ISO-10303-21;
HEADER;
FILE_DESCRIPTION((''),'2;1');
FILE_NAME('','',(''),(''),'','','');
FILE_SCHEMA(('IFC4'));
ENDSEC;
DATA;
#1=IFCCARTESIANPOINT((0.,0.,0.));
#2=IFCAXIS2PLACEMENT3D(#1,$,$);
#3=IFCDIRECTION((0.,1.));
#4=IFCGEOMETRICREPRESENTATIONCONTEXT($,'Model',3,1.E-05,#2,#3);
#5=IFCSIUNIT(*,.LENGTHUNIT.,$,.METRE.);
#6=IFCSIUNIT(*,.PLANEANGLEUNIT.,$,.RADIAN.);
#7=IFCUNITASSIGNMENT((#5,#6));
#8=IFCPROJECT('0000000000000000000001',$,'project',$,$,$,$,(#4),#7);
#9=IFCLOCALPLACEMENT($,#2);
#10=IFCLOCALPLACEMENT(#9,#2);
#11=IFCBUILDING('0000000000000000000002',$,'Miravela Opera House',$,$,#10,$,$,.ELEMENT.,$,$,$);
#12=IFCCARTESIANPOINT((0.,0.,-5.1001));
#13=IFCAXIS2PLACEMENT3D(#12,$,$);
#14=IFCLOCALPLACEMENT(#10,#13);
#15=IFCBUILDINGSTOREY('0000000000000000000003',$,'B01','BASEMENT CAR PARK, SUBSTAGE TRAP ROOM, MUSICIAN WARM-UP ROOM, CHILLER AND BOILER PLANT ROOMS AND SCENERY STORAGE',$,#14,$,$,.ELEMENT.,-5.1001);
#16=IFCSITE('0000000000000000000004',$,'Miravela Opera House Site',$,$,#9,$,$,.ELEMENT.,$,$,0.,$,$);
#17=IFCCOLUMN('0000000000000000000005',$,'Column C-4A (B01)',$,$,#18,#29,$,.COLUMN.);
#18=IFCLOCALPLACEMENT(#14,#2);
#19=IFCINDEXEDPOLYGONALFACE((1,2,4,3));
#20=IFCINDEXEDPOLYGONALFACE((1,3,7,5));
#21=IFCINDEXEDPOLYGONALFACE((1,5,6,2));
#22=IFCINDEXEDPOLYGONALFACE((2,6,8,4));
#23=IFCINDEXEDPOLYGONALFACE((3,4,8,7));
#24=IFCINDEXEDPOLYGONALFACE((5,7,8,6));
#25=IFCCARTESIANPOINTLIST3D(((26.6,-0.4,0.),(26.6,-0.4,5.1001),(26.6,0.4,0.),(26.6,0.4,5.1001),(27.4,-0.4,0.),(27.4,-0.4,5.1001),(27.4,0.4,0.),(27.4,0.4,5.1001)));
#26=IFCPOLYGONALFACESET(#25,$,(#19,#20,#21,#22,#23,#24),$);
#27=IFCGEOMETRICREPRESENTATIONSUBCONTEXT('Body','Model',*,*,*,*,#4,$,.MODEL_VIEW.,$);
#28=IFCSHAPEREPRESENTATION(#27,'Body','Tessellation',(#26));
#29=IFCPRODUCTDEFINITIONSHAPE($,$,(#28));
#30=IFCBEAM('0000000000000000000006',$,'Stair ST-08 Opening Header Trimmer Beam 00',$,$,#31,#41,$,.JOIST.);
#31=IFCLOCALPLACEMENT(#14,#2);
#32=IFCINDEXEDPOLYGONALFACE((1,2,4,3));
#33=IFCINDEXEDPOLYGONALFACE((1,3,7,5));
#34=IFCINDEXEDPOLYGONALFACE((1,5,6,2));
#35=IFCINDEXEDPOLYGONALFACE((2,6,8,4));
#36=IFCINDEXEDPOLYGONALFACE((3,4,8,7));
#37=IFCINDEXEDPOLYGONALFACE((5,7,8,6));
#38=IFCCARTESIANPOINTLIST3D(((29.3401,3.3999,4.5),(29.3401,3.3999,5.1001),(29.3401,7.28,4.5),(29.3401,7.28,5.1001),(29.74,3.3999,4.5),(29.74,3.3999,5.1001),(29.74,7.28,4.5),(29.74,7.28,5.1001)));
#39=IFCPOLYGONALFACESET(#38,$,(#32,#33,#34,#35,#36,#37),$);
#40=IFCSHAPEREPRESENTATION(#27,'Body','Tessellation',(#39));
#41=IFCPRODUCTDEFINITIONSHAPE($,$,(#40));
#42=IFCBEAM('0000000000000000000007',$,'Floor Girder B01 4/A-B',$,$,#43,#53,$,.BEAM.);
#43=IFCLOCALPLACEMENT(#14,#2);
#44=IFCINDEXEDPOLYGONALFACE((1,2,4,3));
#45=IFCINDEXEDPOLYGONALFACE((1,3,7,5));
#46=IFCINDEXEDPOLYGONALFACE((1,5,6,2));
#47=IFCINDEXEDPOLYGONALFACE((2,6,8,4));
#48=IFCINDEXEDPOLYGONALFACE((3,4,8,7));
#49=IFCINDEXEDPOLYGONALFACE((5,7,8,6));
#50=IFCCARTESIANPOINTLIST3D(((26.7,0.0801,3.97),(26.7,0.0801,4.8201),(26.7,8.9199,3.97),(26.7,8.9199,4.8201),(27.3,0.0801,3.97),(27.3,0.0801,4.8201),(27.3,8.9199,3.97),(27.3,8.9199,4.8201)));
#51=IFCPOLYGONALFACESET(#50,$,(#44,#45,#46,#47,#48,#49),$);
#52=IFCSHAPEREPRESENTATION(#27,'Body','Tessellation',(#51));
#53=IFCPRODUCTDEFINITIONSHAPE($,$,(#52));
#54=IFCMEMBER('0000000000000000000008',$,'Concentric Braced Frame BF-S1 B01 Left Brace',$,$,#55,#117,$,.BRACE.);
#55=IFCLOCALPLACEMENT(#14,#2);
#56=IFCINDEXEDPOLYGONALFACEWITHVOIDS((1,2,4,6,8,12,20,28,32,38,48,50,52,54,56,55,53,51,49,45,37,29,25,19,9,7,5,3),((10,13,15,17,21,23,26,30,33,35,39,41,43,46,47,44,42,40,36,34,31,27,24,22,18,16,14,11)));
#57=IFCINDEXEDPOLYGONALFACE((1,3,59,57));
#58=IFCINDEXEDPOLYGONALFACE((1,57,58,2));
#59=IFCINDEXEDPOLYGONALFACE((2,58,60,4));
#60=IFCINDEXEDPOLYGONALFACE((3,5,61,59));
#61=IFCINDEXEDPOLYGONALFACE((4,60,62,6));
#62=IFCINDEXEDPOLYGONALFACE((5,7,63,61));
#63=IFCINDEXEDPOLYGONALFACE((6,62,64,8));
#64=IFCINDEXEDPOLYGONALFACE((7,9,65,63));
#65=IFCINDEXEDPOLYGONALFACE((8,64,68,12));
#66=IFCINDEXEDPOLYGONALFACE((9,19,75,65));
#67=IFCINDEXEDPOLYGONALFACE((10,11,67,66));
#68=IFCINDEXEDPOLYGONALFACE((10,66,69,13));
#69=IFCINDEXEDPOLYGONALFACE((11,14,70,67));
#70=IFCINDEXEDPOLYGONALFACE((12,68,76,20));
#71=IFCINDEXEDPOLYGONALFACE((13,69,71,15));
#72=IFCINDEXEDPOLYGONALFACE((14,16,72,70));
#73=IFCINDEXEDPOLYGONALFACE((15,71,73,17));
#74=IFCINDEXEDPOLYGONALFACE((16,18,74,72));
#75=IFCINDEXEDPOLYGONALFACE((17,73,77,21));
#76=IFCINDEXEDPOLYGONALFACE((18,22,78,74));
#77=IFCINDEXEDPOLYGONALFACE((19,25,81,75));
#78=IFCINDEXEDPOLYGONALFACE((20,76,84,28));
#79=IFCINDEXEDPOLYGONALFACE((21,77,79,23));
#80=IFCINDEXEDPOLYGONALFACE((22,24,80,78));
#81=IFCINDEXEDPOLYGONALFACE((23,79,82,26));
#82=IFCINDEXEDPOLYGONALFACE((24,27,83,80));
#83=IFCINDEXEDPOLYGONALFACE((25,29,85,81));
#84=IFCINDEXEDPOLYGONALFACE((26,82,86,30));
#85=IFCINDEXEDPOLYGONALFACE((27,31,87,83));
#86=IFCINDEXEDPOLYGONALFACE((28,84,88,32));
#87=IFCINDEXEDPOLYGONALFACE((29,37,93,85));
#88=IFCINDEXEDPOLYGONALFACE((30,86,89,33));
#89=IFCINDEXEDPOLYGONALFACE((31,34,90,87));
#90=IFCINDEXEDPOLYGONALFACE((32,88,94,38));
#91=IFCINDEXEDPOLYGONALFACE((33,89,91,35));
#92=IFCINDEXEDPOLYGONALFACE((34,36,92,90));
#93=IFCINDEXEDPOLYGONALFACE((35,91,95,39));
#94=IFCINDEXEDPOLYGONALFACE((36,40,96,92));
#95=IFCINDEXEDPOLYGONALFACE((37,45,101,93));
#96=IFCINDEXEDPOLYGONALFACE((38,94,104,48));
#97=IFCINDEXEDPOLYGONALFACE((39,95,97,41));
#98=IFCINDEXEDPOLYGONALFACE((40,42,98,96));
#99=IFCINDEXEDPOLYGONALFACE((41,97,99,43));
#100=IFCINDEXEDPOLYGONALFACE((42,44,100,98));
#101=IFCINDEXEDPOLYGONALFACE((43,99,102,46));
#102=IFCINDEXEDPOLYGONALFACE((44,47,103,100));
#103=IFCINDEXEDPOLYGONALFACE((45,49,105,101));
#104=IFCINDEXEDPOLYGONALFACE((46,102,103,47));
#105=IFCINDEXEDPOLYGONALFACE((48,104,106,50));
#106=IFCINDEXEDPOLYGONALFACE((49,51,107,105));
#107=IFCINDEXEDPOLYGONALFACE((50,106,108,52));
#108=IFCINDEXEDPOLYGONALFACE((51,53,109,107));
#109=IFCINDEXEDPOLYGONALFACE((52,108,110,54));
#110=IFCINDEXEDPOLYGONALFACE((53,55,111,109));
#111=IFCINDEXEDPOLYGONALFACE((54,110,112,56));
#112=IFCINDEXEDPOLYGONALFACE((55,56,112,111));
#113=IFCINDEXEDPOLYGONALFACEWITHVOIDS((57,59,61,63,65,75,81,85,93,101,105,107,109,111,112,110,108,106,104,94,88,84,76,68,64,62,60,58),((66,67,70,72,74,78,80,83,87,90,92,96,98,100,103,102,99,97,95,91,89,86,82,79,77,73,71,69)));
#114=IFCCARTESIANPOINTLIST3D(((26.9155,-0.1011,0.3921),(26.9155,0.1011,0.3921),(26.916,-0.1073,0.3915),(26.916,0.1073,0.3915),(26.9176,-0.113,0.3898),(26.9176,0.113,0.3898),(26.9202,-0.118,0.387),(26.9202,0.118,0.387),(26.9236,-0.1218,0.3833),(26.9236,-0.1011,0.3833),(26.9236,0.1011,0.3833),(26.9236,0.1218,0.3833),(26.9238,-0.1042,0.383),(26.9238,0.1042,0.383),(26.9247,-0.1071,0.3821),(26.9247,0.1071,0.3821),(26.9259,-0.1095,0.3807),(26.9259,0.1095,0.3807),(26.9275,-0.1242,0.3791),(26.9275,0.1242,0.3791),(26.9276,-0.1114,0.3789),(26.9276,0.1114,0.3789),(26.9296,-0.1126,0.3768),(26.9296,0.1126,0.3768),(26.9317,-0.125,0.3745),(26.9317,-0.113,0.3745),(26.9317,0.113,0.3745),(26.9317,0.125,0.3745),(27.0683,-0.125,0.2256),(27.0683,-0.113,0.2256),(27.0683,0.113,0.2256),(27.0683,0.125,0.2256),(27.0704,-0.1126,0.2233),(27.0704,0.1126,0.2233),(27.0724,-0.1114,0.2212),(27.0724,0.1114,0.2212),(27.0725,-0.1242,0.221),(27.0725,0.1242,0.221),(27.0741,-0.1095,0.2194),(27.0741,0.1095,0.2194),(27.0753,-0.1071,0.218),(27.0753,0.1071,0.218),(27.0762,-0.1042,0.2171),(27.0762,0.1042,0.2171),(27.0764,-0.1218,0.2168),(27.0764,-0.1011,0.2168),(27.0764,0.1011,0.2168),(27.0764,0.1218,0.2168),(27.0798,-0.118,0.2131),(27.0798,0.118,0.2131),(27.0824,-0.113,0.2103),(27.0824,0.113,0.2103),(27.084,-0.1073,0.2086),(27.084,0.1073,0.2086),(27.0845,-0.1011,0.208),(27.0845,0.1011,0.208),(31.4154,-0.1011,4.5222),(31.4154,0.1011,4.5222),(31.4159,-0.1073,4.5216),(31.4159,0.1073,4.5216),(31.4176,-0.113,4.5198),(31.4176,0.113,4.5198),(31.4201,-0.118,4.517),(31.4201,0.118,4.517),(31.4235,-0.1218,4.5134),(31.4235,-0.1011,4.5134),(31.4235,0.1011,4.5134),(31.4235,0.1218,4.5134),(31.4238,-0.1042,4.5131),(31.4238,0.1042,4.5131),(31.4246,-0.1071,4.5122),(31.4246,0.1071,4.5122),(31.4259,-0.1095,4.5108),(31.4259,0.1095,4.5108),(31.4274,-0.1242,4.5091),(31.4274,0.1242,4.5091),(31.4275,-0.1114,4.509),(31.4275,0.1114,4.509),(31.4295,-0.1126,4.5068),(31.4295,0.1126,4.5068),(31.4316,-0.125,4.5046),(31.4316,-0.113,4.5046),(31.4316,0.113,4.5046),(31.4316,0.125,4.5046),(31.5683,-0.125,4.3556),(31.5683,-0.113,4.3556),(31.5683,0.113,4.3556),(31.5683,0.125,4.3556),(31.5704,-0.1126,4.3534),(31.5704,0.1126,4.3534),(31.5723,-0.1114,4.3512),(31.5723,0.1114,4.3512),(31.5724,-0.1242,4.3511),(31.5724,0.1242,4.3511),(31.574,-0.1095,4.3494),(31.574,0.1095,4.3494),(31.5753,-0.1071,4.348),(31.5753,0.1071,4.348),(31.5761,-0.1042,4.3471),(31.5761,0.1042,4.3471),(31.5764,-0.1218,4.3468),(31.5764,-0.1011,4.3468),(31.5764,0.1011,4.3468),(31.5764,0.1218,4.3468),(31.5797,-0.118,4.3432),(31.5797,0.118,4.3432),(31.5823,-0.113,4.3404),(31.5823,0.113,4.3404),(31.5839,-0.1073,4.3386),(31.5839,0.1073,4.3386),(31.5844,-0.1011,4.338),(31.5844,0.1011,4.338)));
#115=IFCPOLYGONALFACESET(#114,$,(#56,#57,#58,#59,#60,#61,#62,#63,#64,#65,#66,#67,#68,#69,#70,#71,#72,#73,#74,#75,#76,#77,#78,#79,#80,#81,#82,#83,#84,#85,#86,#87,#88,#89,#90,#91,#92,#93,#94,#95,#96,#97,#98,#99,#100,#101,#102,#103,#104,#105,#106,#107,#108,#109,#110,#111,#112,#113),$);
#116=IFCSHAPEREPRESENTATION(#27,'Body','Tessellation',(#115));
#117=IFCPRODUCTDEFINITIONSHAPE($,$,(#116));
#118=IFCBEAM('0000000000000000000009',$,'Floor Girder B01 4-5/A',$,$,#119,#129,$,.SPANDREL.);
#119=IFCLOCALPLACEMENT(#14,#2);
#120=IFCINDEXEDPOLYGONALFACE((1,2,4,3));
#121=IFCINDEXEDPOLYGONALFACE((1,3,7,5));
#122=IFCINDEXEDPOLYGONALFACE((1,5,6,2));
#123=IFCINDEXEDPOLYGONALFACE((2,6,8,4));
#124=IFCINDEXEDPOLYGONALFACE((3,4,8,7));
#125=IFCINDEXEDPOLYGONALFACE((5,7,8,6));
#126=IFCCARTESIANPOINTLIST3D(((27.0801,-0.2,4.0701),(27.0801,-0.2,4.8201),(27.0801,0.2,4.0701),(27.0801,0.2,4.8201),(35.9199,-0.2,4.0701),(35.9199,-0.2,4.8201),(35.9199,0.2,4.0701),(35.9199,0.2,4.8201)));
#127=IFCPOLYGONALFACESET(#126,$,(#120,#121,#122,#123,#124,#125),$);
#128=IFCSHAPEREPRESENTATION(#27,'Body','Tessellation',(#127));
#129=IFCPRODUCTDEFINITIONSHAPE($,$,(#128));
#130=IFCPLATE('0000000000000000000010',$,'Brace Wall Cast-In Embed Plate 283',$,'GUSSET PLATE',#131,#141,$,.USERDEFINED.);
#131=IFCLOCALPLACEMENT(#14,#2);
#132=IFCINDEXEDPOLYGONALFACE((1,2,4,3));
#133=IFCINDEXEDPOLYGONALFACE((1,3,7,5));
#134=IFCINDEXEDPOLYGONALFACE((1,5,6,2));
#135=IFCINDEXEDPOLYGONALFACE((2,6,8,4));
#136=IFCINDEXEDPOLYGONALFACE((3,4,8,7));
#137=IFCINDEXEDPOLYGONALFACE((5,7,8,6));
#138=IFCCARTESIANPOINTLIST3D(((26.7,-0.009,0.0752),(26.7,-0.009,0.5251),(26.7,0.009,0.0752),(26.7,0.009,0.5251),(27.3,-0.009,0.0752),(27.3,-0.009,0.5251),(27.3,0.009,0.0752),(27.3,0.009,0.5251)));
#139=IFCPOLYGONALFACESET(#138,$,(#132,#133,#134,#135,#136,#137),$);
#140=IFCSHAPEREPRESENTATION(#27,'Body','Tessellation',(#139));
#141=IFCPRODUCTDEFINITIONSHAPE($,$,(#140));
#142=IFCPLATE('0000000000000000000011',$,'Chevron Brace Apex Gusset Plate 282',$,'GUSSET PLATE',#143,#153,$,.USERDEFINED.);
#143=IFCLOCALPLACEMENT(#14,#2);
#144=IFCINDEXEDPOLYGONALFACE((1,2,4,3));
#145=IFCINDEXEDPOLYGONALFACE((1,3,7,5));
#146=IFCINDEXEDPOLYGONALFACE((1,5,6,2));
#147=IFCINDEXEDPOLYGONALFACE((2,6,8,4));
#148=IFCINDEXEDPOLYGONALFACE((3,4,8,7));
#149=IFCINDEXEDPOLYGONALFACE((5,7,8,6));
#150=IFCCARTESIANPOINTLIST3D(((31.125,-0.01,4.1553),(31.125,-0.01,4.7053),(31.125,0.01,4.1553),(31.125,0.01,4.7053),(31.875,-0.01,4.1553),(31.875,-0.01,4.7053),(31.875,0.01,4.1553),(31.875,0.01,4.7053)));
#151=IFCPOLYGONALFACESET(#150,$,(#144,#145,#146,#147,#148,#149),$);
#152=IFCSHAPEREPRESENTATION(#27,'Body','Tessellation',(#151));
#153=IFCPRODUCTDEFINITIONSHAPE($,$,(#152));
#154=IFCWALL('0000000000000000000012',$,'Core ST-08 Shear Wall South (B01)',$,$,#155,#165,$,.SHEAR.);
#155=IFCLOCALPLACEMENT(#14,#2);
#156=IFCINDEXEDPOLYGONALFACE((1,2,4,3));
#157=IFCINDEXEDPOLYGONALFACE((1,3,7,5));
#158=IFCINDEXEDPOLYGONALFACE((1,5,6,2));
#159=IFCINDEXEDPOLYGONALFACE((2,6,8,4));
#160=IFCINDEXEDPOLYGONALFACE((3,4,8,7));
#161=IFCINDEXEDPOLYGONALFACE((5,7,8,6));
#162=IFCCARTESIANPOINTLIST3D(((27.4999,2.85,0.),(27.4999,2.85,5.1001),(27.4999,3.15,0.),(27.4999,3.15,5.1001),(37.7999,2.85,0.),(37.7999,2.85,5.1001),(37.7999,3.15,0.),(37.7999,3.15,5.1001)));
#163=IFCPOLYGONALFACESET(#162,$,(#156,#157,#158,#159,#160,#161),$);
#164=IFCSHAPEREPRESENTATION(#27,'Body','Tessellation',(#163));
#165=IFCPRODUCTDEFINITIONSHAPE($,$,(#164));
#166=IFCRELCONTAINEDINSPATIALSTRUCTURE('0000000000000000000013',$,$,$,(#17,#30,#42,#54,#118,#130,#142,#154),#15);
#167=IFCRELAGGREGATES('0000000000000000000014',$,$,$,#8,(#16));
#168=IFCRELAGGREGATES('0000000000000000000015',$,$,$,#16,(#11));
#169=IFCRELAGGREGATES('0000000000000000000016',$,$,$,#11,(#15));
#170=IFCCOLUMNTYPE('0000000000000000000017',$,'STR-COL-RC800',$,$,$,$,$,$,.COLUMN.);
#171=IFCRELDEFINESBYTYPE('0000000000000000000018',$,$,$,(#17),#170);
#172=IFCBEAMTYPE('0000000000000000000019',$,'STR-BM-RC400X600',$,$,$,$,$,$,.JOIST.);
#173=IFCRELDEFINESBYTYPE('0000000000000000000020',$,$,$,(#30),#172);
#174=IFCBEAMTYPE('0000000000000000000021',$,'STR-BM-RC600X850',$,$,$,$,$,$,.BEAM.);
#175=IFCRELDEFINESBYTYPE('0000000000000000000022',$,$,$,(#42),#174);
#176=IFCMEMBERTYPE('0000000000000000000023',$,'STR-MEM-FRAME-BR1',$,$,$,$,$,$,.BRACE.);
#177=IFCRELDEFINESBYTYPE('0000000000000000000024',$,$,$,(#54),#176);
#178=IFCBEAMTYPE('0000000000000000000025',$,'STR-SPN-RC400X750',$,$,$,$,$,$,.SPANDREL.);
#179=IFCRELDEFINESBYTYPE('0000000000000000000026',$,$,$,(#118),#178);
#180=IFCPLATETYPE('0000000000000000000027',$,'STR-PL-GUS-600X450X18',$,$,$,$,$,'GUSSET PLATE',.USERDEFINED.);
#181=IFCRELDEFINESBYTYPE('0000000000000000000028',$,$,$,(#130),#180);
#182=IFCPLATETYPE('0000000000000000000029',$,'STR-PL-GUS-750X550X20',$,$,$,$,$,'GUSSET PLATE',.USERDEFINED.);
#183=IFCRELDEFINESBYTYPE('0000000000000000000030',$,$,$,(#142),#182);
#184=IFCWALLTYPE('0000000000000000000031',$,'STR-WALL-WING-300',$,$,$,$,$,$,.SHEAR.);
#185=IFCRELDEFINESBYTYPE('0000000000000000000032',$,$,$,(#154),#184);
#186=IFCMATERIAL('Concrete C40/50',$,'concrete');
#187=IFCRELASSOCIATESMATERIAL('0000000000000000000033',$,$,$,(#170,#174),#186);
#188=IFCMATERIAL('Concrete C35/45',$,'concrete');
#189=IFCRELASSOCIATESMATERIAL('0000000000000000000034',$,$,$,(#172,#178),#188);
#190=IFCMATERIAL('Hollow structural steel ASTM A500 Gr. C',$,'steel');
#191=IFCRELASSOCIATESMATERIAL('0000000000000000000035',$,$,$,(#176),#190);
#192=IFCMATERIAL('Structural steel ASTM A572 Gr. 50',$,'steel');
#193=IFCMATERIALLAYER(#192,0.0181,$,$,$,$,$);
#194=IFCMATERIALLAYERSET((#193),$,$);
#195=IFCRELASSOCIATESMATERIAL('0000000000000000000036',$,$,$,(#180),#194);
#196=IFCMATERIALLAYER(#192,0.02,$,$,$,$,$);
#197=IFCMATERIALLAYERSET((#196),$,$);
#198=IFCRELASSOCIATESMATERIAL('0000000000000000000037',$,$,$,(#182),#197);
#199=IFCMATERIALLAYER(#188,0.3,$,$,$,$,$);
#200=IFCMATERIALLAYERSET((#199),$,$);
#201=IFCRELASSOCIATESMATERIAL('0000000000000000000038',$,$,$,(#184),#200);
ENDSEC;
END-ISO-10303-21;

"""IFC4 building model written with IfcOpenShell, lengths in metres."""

from ifc_helpers import new_model, si_unit, direction, frame, frame_2d, origin, origin_2d, place, context, subcontext, project, spatial, rectangle, hollow_rectangle, extrude, material, layer, layer_set, material_profile, profile_set, type_object, element, save


model = new_model("IFC4")

# Units and contexts
model_context = context("Model", 3, precision=1e-05, world=origin(), true_north=direction((0.0, 1.0)))
body_context = subcontext(model_context, "Body", "Model", "MODEL_VIEW")
ifc_project = project(units=[si_unit("LENGTHUNIT", "METRE"), si_unit("PLANEANGLEUNIT", "RADIAN")], contexts=[model_context])

# Site, building, storey
site_placement = place(None, origin())
site = spatial("IfcSite", under=ifc_project, at=site_placement, Name="Miravela Opera House Site", CompositionType="ELEMENT", RefElevation=0.0)
building_placement = place(site_placement, origin())
building = spatial("IfcBuilding", under=site, at=building_placement, Name="Miravela Opera House", CompositionType="ELEMENT")
storey_placement = place(building_placement, frame((0.0, 0.0, -5.1001)))
storey = spatial("IfcBuildingStorey", under=building, at=storey_placement, Name="B01", Description="BASEMENT CAR PARK, SUBSTAGE TRAP ROOM, MUSICIAN WARM-UP ROOM, CHILLER AND BOILER PLANT ROOMS AND SCENERY STORAGE", CompositionType="ELEMENT", Elevation=-5.1001)

# Shared definitions
ifc_material_1 = material(Name="Concrete C35/45", Category="concrete")

# Column
ifc_material_2 = material(Name="Hollow structural steel ASTM A500 Gr. C", Category="steel")
ifc_material_3 = material(Name="Concrete C40/50", Category="concrete")
ifc_material_profile_1 = material_profile(ifc_material_3, rectangle(XDim=0.8, YDim=0.8, at=origin_2d()), Name="RC-COL-800X800")
ifc_profile_set_1 = profile_set([ifc_material_profile_1])
column_type_1 = type_object("IfcColumnType", Name="STR-COL-RC800", PredefinedType="COLUMN", material=ifc_profile_set_1)
column_placement = place(storey_placement, frame((27.0, 0.0, 0.0), z_axis=(0.0, 0.0, 1.0), x_axis=(1.0, 0.0, 0.0)))
element("IfcColumn", 1, at=column_placement, inside=storey, type_object=column_type_1, Name="Column C-4A (B01)", PredefinedType="COLUMN", context=body_context, shape_type="SweptSolid", body=[
    extrude(rectangle(XDim=0.8, YDim=0.8, at=origin_2d()), origin(), (0.0, 0.0, 1.0), 5.1001),
])

# Beams
ifc_material_profile_2 = material_profile(ifc_material_1, rectangle(XDim=0.3999, YDim=0.6001, at=origin_2d()), Name="RC-BM-400X600")
ifc_profile_set_2 = profile_set([ifc_material_profile_2])
beam_type_1 = type_object("IfcBeamType", Name="STR-BM-RC400X600", PredefinedType="JOIST", material=ifc_profile_set_2)
beam_1_placement = place(storey_placement, frame((29.54, 3.3999, 4.8), z_axis=(0.0, 1.0, 0.0), x_axis=(-1.0, 0.0, 0.0)))
element("IfcBeam", 2, at=beam_1_placement, inside=storey, type_object=beam_type_1, Name="Stair ST-08 Opening Header Trimmer Beam 00", PredefinedType="JOIST", context=body_context, shape_type="SweptSolid", body=[
    extrude(rectangle(XDim=0.3999, YDim=0.6001, at=origin_2d()), origin(), (0.0, 0.0, 1.0), 3.8801),
])
ifc_material_profile_3 = material_profile(ifc_material_3, rectangle(XDim=0.6001, YDim=0.8501, at=origin_2d()), Name="RC-BM-600X850")
ifc_profile_set_3 = profile_set([ifc_material_profile_3])
beam_type_2 = type_object("IfcBeamType", Name="STR-BM-RC600X850", PredefinedType="BEAM", material=ifc_profile_set_3)
beam_2_placement = place(storey_placement, frame((27.0, 0.0801, 4.395), z_axis=(0.0, 1.0, 0.0), x_axis=(-1.0, 0.0, 0.0)))
element("IfcBeam", 3, at=beam_2_placement, inside=storey, type_object=beam_type_2, Name="Floor Girder B01 4/A-B", PredefinedType="BEAM", context=body_context, shape_type="SweptSolid", body=[
    extrude(rectangle(XDim=0.6001, YDim=0.8501, at=origin_2d()), origin(), (0.0, 0.0, 1.0), 8.8398),
])

# Member
ifc_material_profile_4 = material_profile(ifc_material_2, hollow_rectangle(XDim=0.25, YDim=0.25, WallThickness=0.012, InnerFilletRadius=0.012, OuterFilletRadius=0.0239, at=origin_2d()), Name="HSS250X250X12")
ifc_profile_set_4 = profile_set([ifc_material_profile_4])
member_type = type_object("IfcMemberType", Name="STR-MEM-FRAME-BR1", PredefinedType="BRACE", material=ifc_profile_set_4)
member_placement = place(storey_placement, frame((27.0, 0.0, 0.3), z_axis=(0.736736, 0.0, 0.676181), x_axis=(0.0, 1.0, 0.0)))
element("IfcMember", 4, at=member_placement, inside=storey, type_object=member_type, Name="Concentric Braced Frame BF-S1 B01 Left Brace", PredefinedType="BRACE", context=body_context, shape_type="SweptSolid", body=[
    extrude(hollow_rectangle(XDim=0.25, YDim=0.25, WallThickness=0.012, InnerFilletRadius=0.012, OuterFilletRadius=0.0239, at=origin_2d()), origin(), (0.0, 0.0, 1.0), 6.1079),
])

# Beam
ifc_material_profile_5 = material_profile(ifc_material_1, rectangle(XDim=0.3999, YDim=0.75, at=origin_2d()), Name="RC-SPN-400X750")
ifc_profile_set_5 = profile_set([ifc_material_profile_5])
beam_type_3 = type_object("IfcBeamType", Name="STR-SPN-RC400X750", PredefinedType="SPANDREL", material=ifc_profile_set_5)
beam_3_placement = place(storey_placement, frame((27.0801, 0.0, 4.4451), z_axis=(1.0, 0.0, 0.0), x_axis=(0.0, 1.0, 0.0)))
element("IfcBeam", 5, at=beam_3_placement, inside=storey, type_object=beam_type_3, Name="Floor Girder B01 4-5/A", PredefinedType="SPANDREL", context=body_context, shape_type="SweptSolid", body=[
    extrude(rectangle(XDim=0.3999, YDim=0.75, at=origin_2d()), origin(), (0.0, 0.0, 1.0), 8.8398),
])

# Plates
ifc_material_4 = material(Name="Structural steel ASTM A572 Gr. 50", Category="steel")
ifc_layer_1 = layer(ifc_material_4, 0.0181)
ifc_layer_set_1 = layer_set([ifc_layer_1])
plate_type_1 = type_object("IfcPlateType", Name="STR-PL-GUS-600X450X18", ElementType="GUSSET PLATE", PredefinedType="USERDEFINED", material=ifc_layer_set_1)
plate_1_placement = place(storey_placement, frame((27.0, 0.0, 0.0752), z_axis=(0.0, 0.0, 1.0), x_axis=(1.0, 0.0, 0.0)))
element("IfcPlate", 6, at=plate_1_placement, inside=storey, type_object=plate_type_1, Name="Brace Wall Cast-In Embed Plate 283", ObjectType="GUSSET PLATE", PredefinedType="USERDEFINED", context=body_context, shape_type="SweptSolid", body=[
    extrude(rectangle(XDim=0.6001, YDim=0.0181, at=origin_2d()), origin(), (0.0, 0.0, 1.0), 0.45),
])
ifc_layer_2 = layer(ifc_material_4, 0.02)
ifc_layer_set_2 = layer_set([ifc_layer_2])
plate_type_2 = type_object("IfcPlateType", Name="STR-PL-GUS-750X550X20", ElementType="GUSSET PLATE", PredefinedType="USERDEFINED", material=ifc_layer_set_2)
plate_2_placement = place(storey_placement, frame((31.5, 0.0, 4.1553), z_axis=(0.0, 0.0, 1.0), x_axis=(1.0, 0.0, 0.0)))
element("IfcPlate", 7, at=plate_2_placement, inside=storey, type_object=plate_type_2, Name="Chevron Brace Apex Gusset Plate 282", ObjectType="GUSSET PLATE", PredefinedType="USERDEFINED", context=body_context, shape_type="SweptSolid", body=[
    extrude(rectangle(XDim=0.75, YDim=0.02, at=origin_2d()), origin(), (0.0, 0.0, 1.0), 0.55),
])

# Wall
ifc_layer_3 = layer(ifc_material_1, 0.3)
ifc_layer_set_3 = layer_set([ifc_layer_3])
wall_type = type_object("IfcWallType", Name="STR-WALL-WING-300", PredefinedType="SHEAR", material=ifc_layer_set_3)
wall_1_placement = place(storey_placement, frame((27.5, 3.0, 0.0), z_axis=(0.0, 0.0, 1.0), x_axis=(1.0, 0.0, 0.0)))
element("IfcWall", 8, at=wall_1_placement, inside=storey, type_object=wall_type, Name="Core ST-08 Shear Wall South (B01)", PredefinedType="SHEAR", context=body_context, shape_type="SweptSolid", body=[
    extrude(rectangle(XDim=10.3, YDim=0.3, at=frame_2d((5.1499, 0.0))), origin(), (0.0, 0.0, 1.0), 5.1001),
])

save(model, "model.ifc")
